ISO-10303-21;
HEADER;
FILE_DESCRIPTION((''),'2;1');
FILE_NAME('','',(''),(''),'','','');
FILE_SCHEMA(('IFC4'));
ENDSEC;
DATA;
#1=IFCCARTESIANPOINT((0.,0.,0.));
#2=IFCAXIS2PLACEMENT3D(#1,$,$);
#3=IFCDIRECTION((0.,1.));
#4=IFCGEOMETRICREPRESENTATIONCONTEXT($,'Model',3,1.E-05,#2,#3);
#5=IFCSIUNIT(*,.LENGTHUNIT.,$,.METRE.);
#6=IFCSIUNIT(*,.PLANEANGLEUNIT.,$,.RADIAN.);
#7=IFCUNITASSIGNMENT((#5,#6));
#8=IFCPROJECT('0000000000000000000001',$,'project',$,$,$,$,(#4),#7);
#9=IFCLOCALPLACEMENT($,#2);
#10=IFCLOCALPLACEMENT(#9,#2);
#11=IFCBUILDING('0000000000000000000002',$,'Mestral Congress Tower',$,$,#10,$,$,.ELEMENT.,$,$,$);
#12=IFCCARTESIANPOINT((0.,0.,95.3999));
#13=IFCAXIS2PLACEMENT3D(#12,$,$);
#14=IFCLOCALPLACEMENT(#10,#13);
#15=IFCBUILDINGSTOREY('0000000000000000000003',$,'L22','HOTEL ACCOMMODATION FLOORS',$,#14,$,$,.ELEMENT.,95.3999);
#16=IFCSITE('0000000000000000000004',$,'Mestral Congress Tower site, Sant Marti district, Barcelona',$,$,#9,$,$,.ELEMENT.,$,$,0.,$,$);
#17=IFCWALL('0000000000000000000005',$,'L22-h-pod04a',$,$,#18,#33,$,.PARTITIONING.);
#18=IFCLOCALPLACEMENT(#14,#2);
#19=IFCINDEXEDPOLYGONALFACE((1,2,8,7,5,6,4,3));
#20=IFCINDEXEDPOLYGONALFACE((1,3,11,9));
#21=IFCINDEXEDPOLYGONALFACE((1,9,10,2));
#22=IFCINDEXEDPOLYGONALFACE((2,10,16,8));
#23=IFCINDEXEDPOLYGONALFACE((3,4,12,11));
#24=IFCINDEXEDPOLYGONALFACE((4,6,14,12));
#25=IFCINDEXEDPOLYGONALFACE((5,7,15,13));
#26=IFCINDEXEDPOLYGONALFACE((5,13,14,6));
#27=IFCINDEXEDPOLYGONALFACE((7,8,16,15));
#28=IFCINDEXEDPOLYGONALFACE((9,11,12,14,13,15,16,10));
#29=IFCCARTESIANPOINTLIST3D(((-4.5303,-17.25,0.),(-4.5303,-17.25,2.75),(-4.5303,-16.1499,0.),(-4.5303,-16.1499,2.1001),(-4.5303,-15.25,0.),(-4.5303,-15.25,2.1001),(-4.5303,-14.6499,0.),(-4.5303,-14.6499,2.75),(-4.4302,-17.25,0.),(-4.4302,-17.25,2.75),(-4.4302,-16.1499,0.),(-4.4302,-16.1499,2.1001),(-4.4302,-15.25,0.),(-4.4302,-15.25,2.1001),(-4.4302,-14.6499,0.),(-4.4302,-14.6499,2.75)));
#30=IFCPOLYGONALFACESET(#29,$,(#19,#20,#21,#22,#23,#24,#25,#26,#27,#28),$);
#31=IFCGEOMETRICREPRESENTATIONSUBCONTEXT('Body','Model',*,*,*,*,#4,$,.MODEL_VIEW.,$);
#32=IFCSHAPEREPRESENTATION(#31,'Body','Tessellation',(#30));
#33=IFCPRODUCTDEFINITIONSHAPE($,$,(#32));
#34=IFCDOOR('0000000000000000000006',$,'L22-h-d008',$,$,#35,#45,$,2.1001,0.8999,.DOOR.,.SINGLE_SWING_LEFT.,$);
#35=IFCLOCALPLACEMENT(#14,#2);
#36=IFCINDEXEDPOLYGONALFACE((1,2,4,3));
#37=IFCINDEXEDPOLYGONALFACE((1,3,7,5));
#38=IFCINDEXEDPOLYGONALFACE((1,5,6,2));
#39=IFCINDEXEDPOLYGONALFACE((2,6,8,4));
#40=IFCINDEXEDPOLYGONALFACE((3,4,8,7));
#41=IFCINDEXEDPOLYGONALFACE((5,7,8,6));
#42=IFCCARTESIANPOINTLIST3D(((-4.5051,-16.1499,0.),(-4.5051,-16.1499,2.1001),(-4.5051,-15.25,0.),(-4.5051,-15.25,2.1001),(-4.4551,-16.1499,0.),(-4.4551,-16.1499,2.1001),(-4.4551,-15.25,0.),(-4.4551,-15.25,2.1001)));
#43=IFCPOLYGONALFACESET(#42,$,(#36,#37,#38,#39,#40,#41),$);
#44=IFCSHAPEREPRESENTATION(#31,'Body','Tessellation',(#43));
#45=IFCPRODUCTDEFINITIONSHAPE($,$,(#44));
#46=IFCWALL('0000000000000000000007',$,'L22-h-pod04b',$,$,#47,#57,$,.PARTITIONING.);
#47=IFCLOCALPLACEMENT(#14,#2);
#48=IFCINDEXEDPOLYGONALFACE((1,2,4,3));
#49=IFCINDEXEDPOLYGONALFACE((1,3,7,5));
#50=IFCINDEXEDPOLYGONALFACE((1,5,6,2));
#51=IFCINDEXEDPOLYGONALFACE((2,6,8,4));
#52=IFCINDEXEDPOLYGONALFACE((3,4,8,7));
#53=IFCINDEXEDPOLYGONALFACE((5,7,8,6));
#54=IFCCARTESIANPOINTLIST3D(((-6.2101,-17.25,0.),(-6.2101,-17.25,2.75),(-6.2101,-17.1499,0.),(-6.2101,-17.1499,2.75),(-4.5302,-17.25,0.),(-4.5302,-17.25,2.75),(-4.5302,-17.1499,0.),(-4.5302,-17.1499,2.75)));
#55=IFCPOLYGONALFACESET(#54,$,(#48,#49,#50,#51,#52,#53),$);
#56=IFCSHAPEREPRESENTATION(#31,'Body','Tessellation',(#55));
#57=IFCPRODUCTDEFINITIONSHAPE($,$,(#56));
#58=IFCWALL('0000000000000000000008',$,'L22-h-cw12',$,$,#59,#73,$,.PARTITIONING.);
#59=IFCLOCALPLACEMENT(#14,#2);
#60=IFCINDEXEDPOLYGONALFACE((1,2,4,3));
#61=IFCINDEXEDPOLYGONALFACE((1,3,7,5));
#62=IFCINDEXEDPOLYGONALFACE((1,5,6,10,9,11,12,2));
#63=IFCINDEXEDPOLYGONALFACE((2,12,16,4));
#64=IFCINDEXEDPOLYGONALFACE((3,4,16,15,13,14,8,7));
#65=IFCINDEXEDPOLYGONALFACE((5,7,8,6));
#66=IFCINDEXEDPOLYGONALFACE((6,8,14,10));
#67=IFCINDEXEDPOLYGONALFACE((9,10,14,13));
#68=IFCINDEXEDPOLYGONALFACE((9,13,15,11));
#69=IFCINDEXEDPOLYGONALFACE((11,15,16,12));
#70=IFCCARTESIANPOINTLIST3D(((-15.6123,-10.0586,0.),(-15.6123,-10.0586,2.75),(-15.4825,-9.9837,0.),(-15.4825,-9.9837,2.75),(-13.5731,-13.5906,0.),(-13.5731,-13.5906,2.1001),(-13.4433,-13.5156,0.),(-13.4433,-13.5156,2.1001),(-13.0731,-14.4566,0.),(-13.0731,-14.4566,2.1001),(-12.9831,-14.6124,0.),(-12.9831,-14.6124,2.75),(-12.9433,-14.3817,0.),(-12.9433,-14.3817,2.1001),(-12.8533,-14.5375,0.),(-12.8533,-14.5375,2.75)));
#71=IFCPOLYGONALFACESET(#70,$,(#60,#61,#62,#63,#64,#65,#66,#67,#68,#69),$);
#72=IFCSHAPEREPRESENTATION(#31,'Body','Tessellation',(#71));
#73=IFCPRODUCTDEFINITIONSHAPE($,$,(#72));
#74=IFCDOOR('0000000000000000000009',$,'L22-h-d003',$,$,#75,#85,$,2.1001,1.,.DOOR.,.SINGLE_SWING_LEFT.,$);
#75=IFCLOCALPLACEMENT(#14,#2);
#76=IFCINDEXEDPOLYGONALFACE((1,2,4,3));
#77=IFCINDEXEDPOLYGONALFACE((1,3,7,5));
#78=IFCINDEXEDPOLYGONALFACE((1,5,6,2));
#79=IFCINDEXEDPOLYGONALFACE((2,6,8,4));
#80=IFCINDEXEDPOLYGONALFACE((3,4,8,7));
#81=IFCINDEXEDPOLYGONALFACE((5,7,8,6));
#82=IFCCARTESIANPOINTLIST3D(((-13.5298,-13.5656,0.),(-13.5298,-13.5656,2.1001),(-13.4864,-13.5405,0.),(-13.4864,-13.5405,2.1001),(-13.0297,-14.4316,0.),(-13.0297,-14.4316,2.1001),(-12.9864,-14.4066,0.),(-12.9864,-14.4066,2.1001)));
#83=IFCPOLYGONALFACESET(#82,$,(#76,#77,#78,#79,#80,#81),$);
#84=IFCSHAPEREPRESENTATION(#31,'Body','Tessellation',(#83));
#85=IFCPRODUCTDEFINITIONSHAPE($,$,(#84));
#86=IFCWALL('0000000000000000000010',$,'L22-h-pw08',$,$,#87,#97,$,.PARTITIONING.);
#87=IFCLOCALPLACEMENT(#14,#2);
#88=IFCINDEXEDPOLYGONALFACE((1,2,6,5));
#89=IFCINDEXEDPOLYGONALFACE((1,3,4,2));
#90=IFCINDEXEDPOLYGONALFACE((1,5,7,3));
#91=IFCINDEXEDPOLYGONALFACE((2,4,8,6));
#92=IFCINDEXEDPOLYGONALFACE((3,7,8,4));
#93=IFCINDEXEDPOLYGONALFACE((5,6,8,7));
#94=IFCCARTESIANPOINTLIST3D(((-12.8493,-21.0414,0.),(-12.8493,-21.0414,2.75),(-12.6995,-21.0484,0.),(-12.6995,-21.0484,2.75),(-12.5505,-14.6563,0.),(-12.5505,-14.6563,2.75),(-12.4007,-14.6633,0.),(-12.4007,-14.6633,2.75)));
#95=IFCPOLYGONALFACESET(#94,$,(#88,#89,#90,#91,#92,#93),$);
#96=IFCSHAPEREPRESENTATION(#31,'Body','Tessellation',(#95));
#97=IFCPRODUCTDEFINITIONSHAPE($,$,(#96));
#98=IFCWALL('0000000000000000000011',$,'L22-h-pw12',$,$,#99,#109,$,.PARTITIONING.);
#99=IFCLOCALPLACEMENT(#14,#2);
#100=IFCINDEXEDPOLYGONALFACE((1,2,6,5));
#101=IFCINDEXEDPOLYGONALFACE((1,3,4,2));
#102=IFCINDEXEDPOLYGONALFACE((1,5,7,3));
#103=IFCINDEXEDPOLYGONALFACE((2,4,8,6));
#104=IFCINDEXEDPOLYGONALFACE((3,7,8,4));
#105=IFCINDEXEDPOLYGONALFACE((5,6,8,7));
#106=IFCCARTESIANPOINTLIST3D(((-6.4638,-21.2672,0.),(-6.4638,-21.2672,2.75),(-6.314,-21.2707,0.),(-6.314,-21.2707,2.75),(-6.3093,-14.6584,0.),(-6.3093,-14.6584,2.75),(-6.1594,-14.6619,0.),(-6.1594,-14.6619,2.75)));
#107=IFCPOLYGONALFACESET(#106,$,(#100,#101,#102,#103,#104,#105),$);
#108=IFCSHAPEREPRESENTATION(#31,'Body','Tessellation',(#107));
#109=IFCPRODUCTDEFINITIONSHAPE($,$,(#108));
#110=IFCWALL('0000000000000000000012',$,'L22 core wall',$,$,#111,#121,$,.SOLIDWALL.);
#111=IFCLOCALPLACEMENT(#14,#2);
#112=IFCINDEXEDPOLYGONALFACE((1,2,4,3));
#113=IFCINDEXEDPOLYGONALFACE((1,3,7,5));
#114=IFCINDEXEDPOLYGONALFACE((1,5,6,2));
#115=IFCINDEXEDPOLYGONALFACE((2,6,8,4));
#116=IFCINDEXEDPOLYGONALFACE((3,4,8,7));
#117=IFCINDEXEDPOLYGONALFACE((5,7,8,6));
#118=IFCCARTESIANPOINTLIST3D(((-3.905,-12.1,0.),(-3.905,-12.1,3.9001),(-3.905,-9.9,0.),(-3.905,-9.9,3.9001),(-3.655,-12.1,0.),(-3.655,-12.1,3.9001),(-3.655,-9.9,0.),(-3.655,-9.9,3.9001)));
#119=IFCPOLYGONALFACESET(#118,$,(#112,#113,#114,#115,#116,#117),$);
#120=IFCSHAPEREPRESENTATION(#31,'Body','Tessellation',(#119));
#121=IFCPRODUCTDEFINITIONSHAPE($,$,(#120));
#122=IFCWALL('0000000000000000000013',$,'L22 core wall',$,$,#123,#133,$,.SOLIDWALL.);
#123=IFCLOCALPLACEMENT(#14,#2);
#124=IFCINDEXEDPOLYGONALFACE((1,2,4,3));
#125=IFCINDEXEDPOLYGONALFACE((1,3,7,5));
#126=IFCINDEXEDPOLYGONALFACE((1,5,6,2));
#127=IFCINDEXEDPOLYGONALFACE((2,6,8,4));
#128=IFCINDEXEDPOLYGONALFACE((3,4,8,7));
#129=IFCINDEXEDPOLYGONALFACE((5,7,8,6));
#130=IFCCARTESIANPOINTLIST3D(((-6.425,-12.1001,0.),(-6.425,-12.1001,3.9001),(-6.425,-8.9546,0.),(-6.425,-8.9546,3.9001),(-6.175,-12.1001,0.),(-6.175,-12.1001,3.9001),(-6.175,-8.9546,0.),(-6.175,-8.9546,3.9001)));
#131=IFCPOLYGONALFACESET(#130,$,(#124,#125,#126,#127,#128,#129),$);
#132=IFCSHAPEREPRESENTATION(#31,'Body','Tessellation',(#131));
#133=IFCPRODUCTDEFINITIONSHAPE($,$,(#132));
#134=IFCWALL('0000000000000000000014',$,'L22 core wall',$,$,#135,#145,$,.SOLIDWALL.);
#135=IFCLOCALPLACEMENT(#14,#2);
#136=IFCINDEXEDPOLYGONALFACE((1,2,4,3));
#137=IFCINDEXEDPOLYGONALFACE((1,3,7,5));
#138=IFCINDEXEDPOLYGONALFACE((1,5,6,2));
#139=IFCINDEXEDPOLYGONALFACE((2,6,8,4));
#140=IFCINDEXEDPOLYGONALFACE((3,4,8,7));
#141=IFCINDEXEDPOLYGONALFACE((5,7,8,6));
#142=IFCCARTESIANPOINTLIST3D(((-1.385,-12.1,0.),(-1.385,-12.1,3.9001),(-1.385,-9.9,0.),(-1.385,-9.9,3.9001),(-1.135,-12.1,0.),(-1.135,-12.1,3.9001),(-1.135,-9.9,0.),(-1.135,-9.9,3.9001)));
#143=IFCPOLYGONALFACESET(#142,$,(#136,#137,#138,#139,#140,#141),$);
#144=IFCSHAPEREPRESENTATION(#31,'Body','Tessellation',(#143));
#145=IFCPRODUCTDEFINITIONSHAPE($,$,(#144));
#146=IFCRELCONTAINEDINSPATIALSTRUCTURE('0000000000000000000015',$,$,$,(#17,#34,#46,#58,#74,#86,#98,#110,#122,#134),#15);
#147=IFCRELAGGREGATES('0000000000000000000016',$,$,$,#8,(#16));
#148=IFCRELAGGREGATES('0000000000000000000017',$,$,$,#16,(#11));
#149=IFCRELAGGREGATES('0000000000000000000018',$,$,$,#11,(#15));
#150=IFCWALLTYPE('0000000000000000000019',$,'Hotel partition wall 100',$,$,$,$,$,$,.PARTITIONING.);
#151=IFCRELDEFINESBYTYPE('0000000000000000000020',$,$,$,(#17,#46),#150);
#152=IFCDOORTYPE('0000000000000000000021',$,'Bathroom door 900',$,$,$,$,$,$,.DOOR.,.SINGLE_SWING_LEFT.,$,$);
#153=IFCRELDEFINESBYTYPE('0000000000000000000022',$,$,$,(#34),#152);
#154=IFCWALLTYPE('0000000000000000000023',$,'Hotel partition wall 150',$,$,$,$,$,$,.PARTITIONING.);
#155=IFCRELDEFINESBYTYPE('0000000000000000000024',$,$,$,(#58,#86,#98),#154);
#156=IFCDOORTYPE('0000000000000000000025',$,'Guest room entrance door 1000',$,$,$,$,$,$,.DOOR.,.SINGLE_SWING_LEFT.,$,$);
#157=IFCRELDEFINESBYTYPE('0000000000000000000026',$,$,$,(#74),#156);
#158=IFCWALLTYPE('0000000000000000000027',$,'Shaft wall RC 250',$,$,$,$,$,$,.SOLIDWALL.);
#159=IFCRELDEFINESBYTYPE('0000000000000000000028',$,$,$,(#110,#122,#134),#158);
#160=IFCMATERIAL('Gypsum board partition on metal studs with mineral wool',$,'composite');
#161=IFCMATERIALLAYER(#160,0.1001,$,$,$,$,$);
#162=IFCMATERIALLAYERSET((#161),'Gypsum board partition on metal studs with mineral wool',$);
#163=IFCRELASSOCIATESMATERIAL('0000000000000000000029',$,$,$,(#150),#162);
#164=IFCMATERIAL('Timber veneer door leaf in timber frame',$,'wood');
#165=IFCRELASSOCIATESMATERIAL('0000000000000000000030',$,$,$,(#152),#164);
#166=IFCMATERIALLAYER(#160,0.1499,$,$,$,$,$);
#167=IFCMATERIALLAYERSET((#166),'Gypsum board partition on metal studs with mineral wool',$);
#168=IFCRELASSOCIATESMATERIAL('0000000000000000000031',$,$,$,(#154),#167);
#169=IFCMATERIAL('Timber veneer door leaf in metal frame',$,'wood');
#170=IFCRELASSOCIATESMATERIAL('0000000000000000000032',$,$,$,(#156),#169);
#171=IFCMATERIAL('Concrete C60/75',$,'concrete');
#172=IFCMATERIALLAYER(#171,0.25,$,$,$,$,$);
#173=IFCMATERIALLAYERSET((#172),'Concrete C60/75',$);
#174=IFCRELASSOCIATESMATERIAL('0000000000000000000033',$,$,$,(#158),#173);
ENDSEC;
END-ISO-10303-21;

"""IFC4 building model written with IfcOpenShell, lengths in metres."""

from ifc_helpers import new_model, si_unit, direction, frame, frame_2d, origin, place, context, subcontext, project, spatial, rectangle, extrude, material, layer, layer_set, type_object, element, fill, save


model = new_model("IFC4")

# Units and contexts
model_context = context("Model", 3, precision=1e-05, world=origin(), true_north=direction((0.0, 1.0)))
body_context = subcontext(model_context, "Body", "Model", "MODEL_VIEW")
ifc_project = project(units=[si_unit("LENGTHUNIT", "METRE"), si_unit("PLANEANGLEUNIT", "RADIAN")], contexts=[model_context])

# Site, building, storey
site_placement = place(None, origin())
site = spatial("IfcSite", under=ifc_project, at=site_placement, Name="Mestral Congress Tower site, Sant Marti district, Barcelona", CompositionType="ELEMENT", RefElevation=0.0)
building_placement = place(site_placement, origin())
building = spatial("IfcBuilding", under=site, at=building_placement, Name="Mestral Congress Tower", CompositionType="ELEMENT")
storey_placement = place(building_placement, frame((0.0, 0.0, 95.3999)))
storey = spatial("IfcBuildingStorey", under=building, at=storey_placement, Name="L22", Description="HOTEL ACCOMMODATION FLOORS", CompositionType="ELEMENT", Elevation=95.3999)

# Shared definitions
ifc_material_1 = material(Name="Concrete C60/75", Category="concrete")

# Shared definitions
ifc_material_2 = material(Name="Gypsum board partition on metal studs with mineral wool", Category="composite")
ifc_layer_1 = layer(ifc_material_2, 0.1001)
ifc_layer_set_1 = layer_set([ifc_layer_1], Name="Gypsum board partition on metal studs with mineral wool")
wall_type_1 = type_object("IfcWallType", Name="Hotel partition wall 100", PredefinedType="PARTITIONING", material=ifc_layer_set_1)
ifc_material_3 = material(Name="Timber veneer door leaf in timber frame", Category="wood")
door_type_1 = type_object("IfcDoorType", Name="Bathroom door 900", OperationType="SINGLE_SWING_LEFT", PredefinedType="DOOR", material=ifc_material_3)

# Wall, opening, door
wall_1_placement = place(storey_placement, frame((-4.4802, -17.25, 0.0), z_axis=(0.0, 0.0, 1.0), x_axis=(0.0, 1.0, 0.0)))
wall_1 = element("IfcWall", 1, at=wall_1_placement, inside=storey, type_object=wall_type_1, Name="L22-h-pod04a", PredefinedType="PARTITIONING", context=body_context, shape_type="SweptSolid", body=[
    extrude(rectangle(XDim=2.6001, YDim=0.1001, at=frame_2d((1.3, 0.0))), origin(), (0.0, 0.0, 1.0), 2.75),
])
opening_1_placement = place(wall_1_placement, frame((1.1001, 0.0, 0.0)))
opening_1 = element("IfcOpeningElement", 2, at=opening_1_placement, cuts=wall_1, PredefinedType="OPENING", context=body_context, shape_type="SweptSolid", body=[
    extrude(rectangle(XDim=0.8999, YDim=2.1001, at=frame_2d((0.45, 1.05))), frame((0.0, 0.0601, 0.0), z_axis=(0.0, -1.0, 0.0), x_axis=(1.0, 0.0, 0.0)), (0.0, 0.0, 1.0), 0.1201),
])
door_1_placement = place(opening_1_placement, origin())
door_1 = element("IfcDoor", 3, at=door_1_placement, inside=storey, type_object=door_type_1, Name="L22-h-d008", OperationType="SINGLE_SWING_LEFT", OverallHeight=2.1001, OverallWidth=0.8999, PredefinedType="DOOR", context=body_context, shape_type="SweptSolid", body=[
    extrude(rectangle(XDim=0.8999, YDim=2.1001, at=frame_2d((0.45, 1.05))), frame((0.0, 0.0249, 0.0), z_axis=(0.0, -1.0, 0.0), x_axis=(1.0, 0.0, 0.0)), (0.0, 0.0, 1.0), 0.05),
])
fill(opening_1, door_1)

# Wall
wall_2_placement = place(storey_placement, frame((-4.5303, -17.2, 0.0), z_axis=(0.0, 0.0, 1.0), x_axis=(-1.0, 0.0, 0.0)))
element("IfcWall", 4, at=wall_2_placement, inside=storey, type_object=wall_type_1, Name="L22-h-pod04b", PredefinedType="PARTITIONING", context=body_context, shape_type="SweptSolid", body=[
    extrude(rectangle(XDim=1.6799, YDim=0.1001, at=frame_2d((0.8398, 0.0))), origin(), (0.0, 0.0, 1.0), 2.75),
])

# Wall, opening, door
ifc_layer_2 = layer(ifc_material_2, 0.1499)
ifc_layer_set_2 = layer_set([ifc_layer_2], Name="Gypsum board partition on metal studs with mineral wool")
wall_type_2 = type_object("IfcWallType", Name="Hotel partition wall 150", PredefinedType="PARTITIONING", material=ifc_layer_set_2)
wall_3_placement = place(storey_placement, frame((-12.9182, -14.575, 0.0), z_axis=(0.0, 0.0, 1.0), x_axis=(-0.500009, 0.86602, 0.0)))
wall_3 = element("IfcWall", 5, at=wall_3_placement, inside=storey, type_object=wall_type_2, Name="L22-h-cw12", PredefinedType="PARTITIONING", context=body_context, shape_type="SweptSolid", body=[
    extrude(rectangle(XDim=5.2583, YDim=0.1499, at=frame_2d((2.6292, 0.0))), origin(), (0.0, 0.0, 1.0), 2.75),
])
opening_2_placement = place(wall_3_placement, frame((0.1799, 0.0, 0.0)))
opening_2 = element("IfcOpeningElement", 6, at=opening_2_placement, cuts=wall_3, PredefinedType="OPENING", context=body_context, shape_type="SweptSolid", body=[
    extrude(rectangle(XDim=1.0, YDim=2.1001, at=frame_2d((0.5, 1.05))), frame((0.0, 0.085, 0.0), z_axis=(0.0, -1.0, 0.0), x_axis=(1.0, 0.0, 0.0)), (0.0, 0.0, 1.0), 0.1699),
])
ifc_material_4 = material(Name="Timber veneer door leaf in metal frame", Category="wood")
door_type_2 = type_object("IfcDoorType", Name="Guest room entrance door 1000", OperationType="SINGLE_SWING_LEFT", PredefinedType="DOOR", material=ifc_material_4)
door_2_placement = place(opening_2_placement, origin())
door_2 = element("IfcDoor", 7, at=door_2_placement, inside=storey, type_object=door_type_2, Name="L22-h-d003", OperationType="SINGLE_SWING_LEFT", OverallHeight=2.1001, OverallWidth=1.0, PredefinedType="DOOR", context=body_context, shape_type="SweptSolid", body=[
    extrude(rectangle(XDim=1.0, YDim=2.1001, at=frame_2d((0.5, 1.05))), frame((0.0, 0.0249, 0.0), z_axis=(0.0, -1.0, 0.0), x_axis=(1.0, 0.0, 0.0)), (0.0, 0.0, 1.0), 0.05),
])
fill(opening_2, door_2)

# Walls
wall_4_placement = place(storey_placement, frame((-12.7744, -21.0449, 0.0), z_axis=(0.0, 0.0, 1.0), x_axis=(0.04675, 0.998907, 0.0)))
element("IfcWall", 8, at=wall_4_placement, inside=storey, type_object=wall_type_2, Name="L22-h-pw08", PredefinedType="PARTITIONING", context=body_context, shape_type="SweptSolid", body=[
    extrude(rectangle(XDim=6.3921, YDim=0.1499, at=frame_2d((3.196, 0.0))), origin(), (0.0, 0.0, 1.0), 2.75),
])
wall_5_placement = place(storey_placement, frame((-6.3889, -21.2688, 0.0), z_axis=(0.0, 0.0, 1.0), x_axis=(0.023377, 0.999727, 0.0)))
element("IfcWall", 9, at=wall_5_placement, inside=storey, type_object=wall_type_2, Name="L22-h-pw12", PredefinedType="PARTITIONING", context=body_context, shape_type="SweptSolid", body=[
    extrude(rectangle(XDim=6.6106, YDim=0.1499, at=frame_2d((3.3052, 0.0))), origin(), (0.0, 0.0, 1.0), 2.75),
])
ifc_layer_3 = layer(ifc_material_1, 0.25)
ifc_layer_set_3 = layer_set([ifc_layer_3], Name="Concrete C60/75")
wall_type_3 = type_object("IfcWallType", Name="Shaft wall RC 250", PredefinedType="SOLIDWALL", material=ifc_layer_set_3)
wall_6_placement = place(storey_placement, frame((-3.78, -12.1001, 0.0), z_axis=(0.0, 0.0, 1.0), x_axis=(0.0, 1.0, 0.0)))
element("IfcWall", 10, at=wall_6_placement, inside=storey, type_object=wall_type_3, Name="L22 core wall", PredefinedType="SOLIDWALL", context=body_context, shape_type="SweptSolid", body=[
    extrude(rectangle(XDim=2.2, YDim=0.25, at=frame_2d((1.1001, 0.0))), origin(), (0.0, 0.0, 1.0), 3.9001),
])
wall_7_placement = place(storey_placement, frame((-6.3, -12.1001, 0.0), z_axis=(0.0, 0.0, 1.0), x_axis=(0.0, 1.0, 0.0)))
element("IfcWall", 11, at=wall_7_placement, inside=storey, type_object=wall_type_3, Name="L22 core wall", PredefinedType="SOLIDWALL", context=body_context, shape_type="SweptSolid", body=[
    extrude(rectangle(XDim=3.1455, YDim=0.25, at=frame_2d((1.5728, 0.0))), origin(), (0.0, 0.0, 1.0), 3.9001),
])
wall_8_placement = place(storey_placement, frame((-1.26, -12.1001, 0.0), z_axis=(0.0, 0.0, 1.0), x_axis=(0.0, 1.0, 0.0)))
element("IfcWall", 12, at=wall_8_placement, inside=storey, type_object=wall_type_3, Name="L22 core wall", PredefinedType="SOLIDWALL", context=body_context, shape_type="SweptSolid", body=[
    extrude(rectangle(XDim=2.2, YDim=0.25, at=frame_2d((1.1001, 0.0))), origin(), (0.0, 0.0, 1.0), 3.9001),
])

save(model, "model.ifc")
